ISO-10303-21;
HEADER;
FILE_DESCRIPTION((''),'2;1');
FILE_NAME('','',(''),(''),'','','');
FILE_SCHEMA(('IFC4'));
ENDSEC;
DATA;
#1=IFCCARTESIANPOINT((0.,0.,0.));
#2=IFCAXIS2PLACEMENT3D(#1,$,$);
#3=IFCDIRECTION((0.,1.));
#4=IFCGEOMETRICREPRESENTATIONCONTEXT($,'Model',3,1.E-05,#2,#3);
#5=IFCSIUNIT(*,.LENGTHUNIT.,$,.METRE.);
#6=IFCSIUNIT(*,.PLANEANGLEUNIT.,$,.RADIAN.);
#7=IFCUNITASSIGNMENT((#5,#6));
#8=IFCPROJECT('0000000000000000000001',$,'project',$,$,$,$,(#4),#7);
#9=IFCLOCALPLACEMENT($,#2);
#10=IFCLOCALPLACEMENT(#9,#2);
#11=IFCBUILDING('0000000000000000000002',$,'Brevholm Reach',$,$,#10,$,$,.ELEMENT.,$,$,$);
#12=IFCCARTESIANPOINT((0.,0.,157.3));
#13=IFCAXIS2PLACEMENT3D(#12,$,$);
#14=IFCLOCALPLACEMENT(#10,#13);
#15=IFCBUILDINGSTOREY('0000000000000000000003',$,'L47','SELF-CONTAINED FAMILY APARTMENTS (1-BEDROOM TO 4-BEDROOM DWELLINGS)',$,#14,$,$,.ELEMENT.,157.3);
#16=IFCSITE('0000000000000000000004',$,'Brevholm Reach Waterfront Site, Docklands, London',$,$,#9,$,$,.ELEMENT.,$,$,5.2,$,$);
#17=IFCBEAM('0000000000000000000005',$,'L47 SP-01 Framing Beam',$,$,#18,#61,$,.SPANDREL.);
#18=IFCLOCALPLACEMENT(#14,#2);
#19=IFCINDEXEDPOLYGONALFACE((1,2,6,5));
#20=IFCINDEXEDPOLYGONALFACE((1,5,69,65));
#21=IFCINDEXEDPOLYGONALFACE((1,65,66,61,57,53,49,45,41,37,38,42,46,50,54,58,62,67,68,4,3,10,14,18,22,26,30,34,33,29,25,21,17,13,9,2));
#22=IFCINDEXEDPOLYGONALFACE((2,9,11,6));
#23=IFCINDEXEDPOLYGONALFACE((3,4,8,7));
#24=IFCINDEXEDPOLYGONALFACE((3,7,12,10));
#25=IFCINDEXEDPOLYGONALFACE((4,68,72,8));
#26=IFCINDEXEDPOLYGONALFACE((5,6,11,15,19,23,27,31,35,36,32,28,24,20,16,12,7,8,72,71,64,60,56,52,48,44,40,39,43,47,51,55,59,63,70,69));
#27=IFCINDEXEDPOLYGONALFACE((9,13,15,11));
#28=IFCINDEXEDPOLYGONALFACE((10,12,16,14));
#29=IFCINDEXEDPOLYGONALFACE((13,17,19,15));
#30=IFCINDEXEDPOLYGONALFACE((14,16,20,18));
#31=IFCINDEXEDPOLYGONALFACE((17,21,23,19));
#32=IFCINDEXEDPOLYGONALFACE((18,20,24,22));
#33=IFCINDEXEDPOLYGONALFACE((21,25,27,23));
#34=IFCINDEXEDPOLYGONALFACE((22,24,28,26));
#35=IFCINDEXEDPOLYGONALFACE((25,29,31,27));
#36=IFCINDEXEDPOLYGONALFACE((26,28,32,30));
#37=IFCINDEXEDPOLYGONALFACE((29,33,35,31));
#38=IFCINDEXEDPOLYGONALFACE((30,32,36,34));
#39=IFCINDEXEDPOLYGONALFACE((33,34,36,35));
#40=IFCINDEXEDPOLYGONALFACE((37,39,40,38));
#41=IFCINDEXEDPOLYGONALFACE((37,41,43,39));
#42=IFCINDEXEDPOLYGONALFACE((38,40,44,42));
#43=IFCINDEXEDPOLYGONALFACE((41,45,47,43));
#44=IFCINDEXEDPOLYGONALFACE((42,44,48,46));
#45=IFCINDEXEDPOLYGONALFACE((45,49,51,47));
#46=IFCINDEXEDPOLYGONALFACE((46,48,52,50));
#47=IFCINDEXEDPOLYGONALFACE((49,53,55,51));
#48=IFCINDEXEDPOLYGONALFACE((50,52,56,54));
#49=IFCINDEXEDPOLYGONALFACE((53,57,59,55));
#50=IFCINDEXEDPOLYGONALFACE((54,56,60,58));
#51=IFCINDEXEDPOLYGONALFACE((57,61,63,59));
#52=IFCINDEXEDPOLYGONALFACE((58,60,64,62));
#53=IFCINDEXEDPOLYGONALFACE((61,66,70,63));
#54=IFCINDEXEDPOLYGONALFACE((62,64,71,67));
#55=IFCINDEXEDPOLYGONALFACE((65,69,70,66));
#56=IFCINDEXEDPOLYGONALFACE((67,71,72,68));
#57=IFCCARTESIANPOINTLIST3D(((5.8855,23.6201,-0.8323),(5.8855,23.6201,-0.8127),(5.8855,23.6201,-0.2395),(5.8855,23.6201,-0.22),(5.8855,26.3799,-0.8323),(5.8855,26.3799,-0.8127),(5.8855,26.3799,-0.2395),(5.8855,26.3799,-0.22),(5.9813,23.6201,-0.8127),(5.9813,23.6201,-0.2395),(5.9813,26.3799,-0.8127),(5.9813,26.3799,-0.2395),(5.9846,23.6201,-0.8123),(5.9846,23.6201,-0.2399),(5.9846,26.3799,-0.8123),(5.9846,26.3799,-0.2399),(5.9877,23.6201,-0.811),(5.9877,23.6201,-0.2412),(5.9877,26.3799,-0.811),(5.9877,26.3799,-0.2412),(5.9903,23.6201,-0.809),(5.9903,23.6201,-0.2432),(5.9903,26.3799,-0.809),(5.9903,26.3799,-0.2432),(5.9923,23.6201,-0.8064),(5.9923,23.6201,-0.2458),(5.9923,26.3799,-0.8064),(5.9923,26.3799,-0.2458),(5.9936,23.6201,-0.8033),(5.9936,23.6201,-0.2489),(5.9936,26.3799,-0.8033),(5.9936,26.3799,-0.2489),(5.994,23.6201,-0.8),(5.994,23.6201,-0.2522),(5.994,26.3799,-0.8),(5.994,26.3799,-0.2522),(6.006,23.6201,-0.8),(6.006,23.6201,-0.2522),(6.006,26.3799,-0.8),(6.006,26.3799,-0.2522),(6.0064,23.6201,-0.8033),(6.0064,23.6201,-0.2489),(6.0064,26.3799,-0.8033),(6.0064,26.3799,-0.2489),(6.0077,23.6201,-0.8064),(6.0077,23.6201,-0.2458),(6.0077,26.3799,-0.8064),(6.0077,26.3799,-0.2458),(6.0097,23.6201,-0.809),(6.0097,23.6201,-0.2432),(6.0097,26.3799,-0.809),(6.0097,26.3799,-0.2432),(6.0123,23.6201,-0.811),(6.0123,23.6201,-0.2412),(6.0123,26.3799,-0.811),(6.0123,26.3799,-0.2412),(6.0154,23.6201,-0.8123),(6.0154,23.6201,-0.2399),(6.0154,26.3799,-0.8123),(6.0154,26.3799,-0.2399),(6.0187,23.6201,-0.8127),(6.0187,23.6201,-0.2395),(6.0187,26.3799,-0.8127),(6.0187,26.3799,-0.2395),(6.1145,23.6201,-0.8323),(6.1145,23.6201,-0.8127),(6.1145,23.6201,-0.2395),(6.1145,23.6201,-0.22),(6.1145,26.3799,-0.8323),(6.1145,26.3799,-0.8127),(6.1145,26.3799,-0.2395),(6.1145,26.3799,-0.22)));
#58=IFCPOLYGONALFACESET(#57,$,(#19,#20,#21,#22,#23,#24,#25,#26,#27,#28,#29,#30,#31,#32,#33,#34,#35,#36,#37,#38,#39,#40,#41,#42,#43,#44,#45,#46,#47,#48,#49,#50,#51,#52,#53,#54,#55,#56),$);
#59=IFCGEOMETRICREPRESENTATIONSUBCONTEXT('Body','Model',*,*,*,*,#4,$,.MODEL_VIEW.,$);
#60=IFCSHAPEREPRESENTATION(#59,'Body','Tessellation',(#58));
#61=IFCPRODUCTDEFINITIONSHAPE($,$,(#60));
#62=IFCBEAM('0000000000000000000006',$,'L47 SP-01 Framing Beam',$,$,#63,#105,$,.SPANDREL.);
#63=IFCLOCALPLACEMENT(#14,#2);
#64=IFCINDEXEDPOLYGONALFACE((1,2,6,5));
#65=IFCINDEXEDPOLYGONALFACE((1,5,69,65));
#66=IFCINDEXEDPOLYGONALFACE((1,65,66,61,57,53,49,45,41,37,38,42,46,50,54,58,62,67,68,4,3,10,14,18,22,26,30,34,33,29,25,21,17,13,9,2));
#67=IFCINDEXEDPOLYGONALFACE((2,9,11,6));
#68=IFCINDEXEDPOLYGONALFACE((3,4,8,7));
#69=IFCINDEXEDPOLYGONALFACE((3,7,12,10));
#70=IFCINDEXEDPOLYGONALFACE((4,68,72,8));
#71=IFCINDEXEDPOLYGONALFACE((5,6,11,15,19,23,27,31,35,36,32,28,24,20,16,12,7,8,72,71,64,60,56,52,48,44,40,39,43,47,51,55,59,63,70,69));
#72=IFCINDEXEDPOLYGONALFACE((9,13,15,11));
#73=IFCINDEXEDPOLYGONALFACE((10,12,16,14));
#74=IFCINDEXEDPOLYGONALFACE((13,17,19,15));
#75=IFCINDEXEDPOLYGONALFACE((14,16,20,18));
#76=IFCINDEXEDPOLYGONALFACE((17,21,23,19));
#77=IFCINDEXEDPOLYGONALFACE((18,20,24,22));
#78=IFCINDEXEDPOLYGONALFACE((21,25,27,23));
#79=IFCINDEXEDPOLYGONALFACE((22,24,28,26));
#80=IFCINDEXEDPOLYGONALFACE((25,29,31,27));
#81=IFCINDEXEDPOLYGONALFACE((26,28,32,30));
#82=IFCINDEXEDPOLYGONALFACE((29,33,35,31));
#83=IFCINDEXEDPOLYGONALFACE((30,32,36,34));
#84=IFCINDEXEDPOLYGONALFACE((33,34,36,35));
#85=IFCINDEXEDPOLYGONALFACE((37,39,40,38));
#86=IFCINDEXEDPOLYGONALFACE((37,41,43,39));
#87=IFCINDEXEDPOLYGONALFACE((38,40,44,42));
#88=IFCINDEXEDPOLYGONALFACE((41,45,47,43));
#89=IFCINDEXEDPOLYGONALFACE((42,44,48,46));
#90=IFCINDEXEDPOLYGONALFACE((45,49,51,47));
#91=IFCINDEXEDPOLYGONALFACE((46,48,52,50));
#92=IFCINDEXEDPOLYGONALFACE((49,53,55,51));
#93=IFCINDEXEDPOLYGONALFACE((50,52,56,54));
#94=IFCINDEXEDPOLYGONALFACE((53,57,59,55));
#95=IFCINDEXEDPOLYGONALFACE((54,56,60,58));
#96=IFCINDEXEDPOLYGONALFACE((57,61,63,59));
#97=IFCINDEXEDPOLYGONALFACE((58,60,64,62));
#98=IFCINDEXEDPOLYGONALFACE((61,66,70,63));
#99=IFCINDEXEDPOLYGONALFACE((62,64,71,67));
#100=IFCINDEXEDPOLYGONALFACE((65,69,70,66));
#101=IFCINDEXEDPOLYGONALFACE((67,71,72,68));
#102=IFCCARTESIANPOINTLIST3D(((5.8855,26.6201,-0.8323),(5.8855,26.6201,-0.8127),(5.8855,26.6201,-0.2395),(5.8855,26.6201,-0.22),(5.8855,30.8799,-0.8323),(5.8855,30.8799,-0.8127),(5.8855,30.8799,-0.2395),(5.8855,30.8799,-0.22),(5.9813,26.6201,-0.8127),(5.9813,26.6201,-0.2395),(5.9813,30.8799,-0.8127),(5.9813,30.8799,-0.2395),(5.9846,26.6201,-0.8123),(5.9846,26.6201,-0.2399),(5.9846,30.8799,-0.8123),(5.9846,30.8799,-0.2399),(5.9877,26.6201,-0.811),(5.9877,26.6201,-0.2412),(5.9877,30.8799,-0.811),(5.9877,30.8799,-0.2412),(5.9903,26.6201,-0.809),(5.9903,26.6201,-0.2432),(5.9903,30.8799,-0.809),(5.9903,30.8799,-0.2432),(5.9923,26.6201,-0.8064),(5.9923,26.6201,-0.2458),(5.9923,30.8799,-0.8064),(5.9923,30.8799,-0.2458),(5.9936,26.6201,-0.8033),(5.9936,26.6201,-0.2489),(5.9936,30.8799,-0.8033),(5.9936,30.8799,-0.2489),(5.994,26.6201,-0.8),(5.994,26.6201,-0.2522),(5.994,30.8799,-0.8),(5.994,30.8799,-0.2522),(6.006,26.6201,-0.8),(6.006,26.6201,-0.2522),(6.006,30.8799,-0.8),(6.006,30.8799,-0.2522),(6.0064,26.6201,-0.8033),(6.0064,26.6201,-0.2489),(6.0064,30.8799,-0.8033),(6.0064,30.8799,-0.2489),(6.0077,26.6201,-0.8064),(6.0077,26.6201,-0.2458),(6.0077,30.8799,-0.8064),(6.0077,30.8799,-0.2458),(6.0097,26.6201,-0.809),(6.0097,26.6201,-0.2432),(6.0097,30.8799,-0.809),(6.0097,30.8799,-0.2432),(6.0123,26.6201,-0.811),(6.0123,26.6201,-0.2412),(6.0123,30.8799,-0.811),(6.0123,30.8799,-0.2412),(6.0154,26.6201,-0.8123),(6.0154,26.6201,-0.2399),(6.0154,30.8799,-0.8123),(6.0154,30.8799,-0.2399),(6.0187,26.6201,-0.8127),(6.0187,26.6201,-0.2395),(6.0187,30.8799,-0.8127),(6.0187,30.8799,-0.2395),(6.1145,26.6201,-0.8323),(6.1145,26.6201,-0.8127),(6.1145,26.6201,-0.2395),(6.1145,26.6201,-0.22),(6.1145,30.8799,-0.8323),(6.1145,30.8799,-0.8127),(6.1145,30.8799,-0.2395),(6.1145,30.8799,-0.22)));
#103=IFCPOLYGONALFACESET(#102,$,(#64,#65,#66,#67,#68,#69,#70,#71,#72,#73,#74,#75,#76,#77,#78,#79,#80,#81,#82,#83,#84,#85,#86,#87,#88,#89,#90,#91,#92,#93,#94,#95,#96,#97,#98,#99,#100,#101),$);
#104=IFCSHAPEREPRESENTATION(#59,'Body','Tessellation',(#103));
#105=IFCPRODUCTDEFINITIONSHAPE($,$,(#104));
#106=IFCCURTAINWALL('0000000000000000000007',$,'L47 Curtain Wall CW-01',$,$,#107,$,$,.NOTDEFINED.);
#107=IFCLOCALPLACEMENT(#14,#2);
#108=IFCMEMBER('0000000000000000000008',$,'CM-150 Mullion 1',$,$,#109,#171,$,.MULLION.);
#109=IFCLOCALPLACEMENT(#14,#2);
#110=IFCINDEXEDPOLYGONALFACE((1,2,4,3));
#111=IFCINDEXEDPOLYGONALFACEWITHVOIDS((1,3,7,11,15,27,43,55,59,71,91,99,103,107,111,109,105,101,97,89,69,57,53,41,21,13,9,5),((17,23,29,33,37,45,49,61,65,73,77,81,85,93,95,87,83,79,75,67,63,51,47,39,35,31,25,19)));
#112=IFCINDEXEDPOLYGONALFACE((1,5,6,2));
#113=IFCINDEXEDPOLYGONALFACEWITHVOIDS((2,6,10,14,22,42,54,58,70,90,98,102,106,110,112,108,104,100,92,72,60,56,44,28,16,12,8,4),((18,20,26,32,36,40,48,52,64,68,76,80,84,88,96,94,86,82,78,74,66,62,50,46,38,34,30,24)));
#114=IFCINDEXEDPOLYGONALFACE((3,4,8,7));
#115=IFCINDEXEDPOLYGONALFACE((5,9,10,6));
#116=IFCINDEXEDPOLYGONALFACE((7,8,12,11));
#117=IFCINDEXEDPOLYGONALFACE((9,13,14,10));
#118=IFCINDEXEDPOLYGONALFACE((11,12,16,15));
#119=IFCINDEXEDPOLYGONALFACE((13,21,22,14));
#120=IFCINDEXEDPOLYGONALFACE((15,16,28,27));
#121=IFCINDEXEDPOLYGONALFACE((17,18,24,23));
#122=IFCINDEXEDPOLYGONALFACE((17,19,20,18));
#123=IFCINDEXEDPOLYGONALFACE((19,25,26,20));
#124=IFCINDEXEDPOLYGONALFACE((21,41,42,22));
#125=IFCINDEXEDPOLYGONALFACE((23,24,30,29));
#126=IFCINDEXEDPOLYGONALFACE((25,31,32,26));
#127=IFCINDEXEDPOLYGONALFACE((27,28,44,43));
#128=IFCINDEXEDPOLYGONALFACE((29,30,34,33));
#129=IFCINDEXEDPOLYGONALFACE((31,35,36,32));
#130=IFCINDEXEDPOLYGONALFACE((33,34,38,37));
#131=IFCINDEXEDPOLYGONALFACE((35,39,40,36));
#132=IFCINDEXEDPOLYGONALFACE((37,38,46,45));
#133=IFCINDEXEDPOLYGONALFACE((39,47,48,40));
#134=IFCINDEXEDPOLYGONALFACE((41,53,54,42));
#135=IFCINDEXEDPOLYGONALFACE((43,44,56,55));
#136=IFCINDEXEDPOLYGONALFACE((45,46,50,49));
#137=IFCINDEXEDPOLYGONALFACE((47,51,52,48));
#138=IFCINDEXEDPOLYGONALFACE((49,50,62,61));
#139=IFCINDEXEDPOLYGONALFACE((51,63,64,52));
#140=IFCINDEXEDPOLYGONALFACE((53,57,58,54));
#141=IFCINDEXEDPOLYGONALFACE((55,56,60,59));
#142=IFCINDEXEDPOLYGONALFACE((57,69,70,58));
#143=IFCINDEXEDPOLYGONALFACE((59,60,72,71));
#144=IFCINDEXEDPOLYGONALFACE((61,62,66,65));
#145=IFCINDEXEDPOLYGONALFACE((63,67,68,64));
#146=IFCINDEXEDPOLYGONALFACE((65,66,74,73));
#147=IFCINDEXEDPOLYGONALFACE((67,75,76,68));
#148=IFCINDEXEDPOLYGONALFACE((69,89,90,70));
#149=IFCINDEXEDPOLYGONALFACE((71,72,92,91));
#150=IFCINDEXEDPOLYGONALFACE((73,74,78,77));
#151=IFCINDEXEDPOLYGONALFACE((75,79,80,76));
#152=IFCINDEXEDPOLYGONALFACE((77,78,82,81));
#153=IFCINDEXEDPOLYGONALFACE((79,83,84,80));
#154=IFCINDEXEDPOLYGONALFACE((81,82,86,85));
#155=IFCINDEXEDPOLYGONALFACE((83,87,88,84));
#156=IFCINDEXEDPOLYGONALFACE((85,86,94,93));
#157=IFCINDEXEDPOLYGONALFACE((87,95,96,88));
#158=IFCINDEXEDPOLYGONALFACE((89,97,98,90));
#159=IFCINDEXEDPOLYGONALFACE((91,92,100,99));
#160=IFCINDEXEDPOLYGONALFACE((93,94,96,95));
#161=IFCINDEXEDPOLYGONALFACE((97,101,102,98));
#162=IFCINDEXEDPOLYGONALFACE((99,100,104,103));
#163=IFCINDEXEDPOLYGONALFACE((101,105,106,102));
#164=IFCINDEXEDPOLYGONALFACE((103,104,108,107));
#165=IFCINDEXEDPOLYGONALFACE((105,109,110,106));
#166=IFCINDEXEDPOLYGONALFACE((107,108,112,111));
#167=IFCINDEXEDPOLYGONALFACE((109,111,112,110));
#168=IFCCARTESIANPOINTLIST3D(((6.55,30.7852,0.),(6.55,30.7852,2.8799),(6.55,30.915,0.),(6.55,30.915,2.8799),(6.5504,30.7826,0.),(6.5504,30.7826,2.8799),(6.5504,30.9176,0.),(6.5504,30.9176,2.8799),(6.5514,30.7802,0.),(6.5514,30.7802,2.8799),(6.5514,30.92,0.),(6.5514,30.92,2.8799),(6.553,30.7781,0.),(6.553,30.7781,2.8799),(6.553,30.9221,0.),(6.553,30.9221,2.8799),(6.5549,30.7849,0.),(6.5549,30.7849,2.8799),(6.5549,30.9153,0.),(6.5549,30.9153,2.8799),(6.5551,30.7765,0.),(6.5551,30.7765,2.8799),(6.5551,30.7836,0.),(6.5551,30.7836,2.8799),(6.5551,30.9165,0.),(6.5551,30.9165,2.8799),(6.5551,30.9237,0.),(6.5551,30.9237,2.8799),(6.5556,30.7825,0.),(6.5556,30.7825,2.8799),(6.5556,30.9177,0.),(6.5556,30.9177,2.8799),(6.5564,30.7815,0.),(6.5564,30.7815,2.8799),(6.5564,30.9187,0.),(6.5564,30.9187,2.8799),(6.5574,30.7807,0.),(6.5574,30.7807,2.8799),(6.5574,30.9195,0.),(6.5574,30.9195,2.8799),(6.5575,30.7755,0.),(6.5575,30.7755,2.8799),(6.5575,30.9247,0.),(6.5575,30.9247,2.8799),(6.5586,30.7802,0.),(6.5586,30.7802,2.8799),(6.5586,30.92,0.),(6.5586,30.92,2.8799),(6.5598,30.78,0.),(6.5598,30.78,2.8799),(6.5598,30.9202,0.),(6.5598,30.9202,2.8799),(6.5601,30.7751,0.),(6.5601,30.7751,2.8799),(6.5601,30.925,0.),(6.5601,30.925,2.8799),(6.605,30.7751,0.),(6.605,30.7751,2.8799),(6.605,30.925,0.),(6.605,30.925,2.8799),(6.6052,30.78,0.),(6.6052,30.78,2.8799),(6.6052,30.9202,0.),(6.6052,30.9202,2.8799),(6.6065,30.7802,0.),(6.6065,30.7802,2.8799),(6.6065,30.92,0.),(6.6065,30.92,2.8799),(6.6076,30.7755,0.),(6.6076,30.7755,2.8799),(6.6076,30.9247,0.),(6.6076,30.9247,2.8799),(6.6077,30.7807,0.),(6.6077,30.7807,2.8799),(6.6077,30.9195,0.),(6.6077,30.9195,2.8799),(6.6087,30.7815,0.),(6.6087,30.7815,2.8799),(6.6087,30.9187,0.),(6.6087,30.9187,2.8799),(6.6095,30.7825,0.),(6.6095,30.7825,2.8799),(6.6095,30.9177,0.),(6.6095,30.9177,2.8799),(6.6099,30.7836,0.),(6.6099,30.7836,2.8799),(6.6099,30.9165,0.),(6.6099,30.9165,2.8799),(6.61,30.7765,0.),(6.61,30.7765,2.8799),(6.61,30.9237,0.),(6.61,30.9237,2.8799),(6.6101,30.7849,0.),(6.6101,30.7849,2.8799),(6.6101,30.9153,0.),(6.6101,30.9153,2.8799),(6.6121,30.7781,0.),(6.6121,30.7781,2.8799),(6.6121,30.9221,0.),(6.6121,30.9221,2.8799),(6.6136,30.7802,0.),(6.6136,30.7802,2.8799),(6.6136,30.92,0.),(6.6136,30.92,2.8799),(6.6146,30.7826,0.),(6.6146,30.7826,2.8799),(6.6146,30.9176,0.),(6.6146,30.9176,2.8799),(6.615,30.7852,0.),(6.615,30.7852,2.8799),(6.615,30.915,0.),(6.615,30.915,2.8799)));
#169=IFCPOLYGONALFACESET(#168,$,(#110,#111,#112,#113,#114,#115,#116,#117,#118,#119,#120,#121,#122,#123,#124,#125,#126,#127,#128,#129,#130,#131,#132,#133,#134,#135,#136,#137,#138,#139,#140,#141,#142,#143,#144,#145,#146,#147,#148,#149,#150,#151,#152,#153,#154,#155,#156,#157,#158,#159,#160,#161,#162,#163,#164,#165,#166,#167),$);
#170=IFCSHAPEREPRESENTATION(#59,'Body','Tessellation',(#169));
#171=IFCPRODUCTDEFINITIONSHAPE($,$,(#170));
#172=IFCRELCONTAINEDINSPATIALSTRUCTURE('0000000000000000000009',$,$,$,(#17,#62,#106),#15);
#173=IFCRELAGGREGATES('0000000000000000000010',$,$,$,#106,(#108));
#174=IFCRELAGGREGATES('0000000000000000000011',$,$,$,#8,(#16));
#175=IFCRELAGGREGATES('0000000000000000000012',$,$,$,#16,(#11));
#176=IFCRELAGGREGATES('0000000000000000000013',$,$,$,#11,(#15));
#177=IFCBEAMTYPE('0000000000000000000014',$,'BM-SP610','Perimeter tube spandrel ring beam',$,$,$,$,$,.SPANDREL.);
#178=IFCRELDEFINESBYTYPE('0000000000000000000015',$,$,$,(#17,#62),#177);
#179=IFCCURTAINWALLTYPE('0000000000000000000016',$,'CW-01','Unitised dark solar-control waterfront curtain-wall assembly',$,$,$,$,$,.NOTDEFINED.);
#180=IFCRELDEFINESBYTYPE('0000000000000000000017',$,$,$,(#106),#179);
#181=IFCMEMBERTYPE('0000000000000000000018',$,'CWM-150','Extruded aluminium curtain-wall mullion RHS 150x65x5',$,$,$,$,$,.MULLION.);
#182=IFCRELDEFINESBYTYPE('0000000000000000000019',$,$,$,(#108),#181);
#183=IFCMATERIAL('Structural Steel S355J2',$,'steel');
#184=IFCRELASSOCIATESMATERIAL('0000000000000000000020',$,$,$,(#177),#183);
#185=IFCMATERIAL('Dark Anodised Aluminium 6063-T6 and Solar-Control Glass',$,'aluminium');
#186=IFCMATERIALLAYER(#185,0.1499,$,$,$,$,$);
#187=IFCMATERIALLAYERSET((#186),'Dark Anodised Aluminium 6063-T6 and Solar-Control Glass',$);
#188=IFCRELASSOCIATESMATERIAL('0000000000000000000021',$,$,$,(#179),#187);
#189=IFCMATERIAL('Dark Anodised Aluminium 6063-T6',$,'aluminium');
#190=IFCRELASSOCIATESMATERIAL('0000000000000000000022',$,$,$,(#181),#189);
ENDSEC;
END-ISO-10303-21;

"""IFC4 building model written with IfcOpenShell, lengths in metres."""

from ifc_helpers import new_model, si_unit, direction, frame, origin, origin_2d, place, context, subcontext, project, spatial, hollow_rectangle, i_section, extrude, material, layer, layer_set, material_profile, profile_set, type_object, element, aggregate, save


model = new_model("IFC4")

# Units and contexts
model_context = context("Model", 3, precision=1e-05, world=origin(), true_north=direction((0.0, 1.0)))
body_context = subcontext(model_context, "Body", "Model", "MODEL_VIEW")
ifc_project = project(units=[si_unit("LENGTHUNIT", "METRE"), si_unit("PLANEANGLEUNIT", "RADIAN")], contexts=[model_context])

# Site, building, storey
site_placement = place(None, origin())
site = spatial("IfcSite", under=ifc_project, at=site_placement, Name="Brevholm Reach Waterfront Site, Docklands, London", CompositionType="ELEMENT", RefElevation=5.2)
building_placement = place(site_placement, origin())
building = spatial("IfcBuilding", under=site, at=building_placement, Name="Brevholm Reach", CompositionType="ELEMENT")
storey_placement = place(building_placement, frame((0.0, 0.0, 157.3)))
storey = spatial("IfcBuildingStorey", under=building, at=storey_placement, Name="L47", Description="SELF-CONTAINED FAMILY APARTMENTS (1-BEDROOM TO 4-BEDROOM DWELLINGS)", CompositionType="ELEMENT", Elevation=157.3)

# Beams
ifc_material_1 = material(Name="Structural Steel S355J2", Category="steel")
ifc_material_profile_1 = material_profile(ifc_material_1, i_section(OverallWidth=0.229, OverallDepth=0.6123, WebThickness=0.012, FlangeThickness=0.0195, FilletRadius=0.0127, at=origin_2d()), Name="UKB 610x229x125")
ifc_profile_set_1 = profile_set([ifc_material_profile_1], Name="Structural Steel S355J2")
beam_type_1 = type_object("IfcBeamType", Name="BM-SP610", Description="Perimeter tube spandrel ring beam", PredefinedType="SPANDREL", material=ifc_profile_set_1)
beam_1_placement = place(storey_placement, frame((6.0, 23.6201, -0.5261), z_axis=(0.0, 1.0, 0.0), x_axis=(-1.0, 0.0, 0.0)))
element("IfcBeam", 1, at=beam_1_placement, inside=storey, type_object=beam_type_1, Name="L47 SP-01 Framing Beam", PredefinedType="SPANDREL", context=body_context, shape_type="SweptSolid", body=[
    extrude(i_section(OverallWidth=0.229, OverallDepth=0.6123, WebThickness=0.012, FlangeThickness=0.0195, FilletRadius=0.0127, at=origin_2d()), origin(), (0.0, 0.0, 1.0), 2.7598),
])
beam_2_placement = place(storey_placement, frame((6.0, 26.6201, -0.5261), z_axis=(0.0, 1.0, 0.0), x_axis=(-1.0, 0.0, 0.0)))
element("IfcBeam", 2, at=beam_2_placement, inside=storey, type_object=beam_type_1, Name="L47 SP-01 Framing Beam", PredefinedType="SPANDREL", context=body_context, shape_type="SweptSolid", body=[
    extrude(i_section(OverallWidth=0.229, OverallDepth=0.6123, WebThickness=0.012, FlangeThickness=0.0195, FilletRadius=0.0127, at=origin_2d()), origin(), (0.0, 0.0, 1.0), 4.2598),
])

# Curtain wall, member
ifc_material_2 = material(Name="Dark Anodised Aluminium 6063-T6 and Solar-Control Glass", Category="aluminium")
ifc_layer_1 = layer(ifc_material_2, 0.1499)
ifc_layer_set_1 = layer_set([ifc_layer_1], Name="Dark Anodised Aluminium 6063-T6 and Solar-Control Glass")
curtain_wall_type = type_object("IfcCurtainWallType", Name="CW-01", Description="Unitised dark solar-control waterfront curtain-wall assembly", PredefinedType="NOTDEFINED", material=ifc_layer_set_1)
curtain_wall_placement = place(storey_placement, origin())
curtain_wall = element("IfcCurtainWall", 3, at=curtain_wall_placement, inside=storey, type_object=curtain_wall_type, Name="L47 Curtain Wall CW-01", PredefinedType="NOTDEFINED")
ifc_material_3 = material(Name="Dark Anodised Aluminium 6063-T6", Category="aluminium")
ifc_material_profile_2 = material_profile(ifc_material_3, hollow_rectangle(XDim=0.0649, YDim=0.1499, WallThickness=0.0049, InnerFilletRadius=0.0049, OuterFilletRadius=0.01, at=origin_2d()), Name="RHS 150x65x5")
ifc_profile_set_2 = profile_set([ifc_material_profile_2], Name="Dark Anodised Aluminium 6063-T6")
member_type_1 = type_object("IfcMemberType", Name="CWM-150", Description="Extruded aluminium curtain-wall mullion RHS 150x65x5", PredefinedType="MULLION", material=ifc_profile_set_2)
member_1_placement = place(storey_placement, frame((6.5825, 30.8501, 0.0), z_axis=(0.0, 0.0, 1.0), x_axis=(1.0, 0.0, 0.0)))
member_1 = element("IfcMember", 4, at=member_1_placement, type_object=member_type_1, Name="CM-150 Mullion 1", PredefinedType="MULLION", context=body_context, shape_type="SweptSolid", body=[
    extrude(hollow_rectangle(XDim=0.0649, YDim=0.1499, WallThickness=0.0049, InnerFilletRadius=0.0049, OuterFilletRadius=0.01, at=origin_2d()), origin(), (0.0, 0.0, 1.0), 2.8799),
])
aggregate(curtain_wall, [member_1])

save(model, "model.ifc")
